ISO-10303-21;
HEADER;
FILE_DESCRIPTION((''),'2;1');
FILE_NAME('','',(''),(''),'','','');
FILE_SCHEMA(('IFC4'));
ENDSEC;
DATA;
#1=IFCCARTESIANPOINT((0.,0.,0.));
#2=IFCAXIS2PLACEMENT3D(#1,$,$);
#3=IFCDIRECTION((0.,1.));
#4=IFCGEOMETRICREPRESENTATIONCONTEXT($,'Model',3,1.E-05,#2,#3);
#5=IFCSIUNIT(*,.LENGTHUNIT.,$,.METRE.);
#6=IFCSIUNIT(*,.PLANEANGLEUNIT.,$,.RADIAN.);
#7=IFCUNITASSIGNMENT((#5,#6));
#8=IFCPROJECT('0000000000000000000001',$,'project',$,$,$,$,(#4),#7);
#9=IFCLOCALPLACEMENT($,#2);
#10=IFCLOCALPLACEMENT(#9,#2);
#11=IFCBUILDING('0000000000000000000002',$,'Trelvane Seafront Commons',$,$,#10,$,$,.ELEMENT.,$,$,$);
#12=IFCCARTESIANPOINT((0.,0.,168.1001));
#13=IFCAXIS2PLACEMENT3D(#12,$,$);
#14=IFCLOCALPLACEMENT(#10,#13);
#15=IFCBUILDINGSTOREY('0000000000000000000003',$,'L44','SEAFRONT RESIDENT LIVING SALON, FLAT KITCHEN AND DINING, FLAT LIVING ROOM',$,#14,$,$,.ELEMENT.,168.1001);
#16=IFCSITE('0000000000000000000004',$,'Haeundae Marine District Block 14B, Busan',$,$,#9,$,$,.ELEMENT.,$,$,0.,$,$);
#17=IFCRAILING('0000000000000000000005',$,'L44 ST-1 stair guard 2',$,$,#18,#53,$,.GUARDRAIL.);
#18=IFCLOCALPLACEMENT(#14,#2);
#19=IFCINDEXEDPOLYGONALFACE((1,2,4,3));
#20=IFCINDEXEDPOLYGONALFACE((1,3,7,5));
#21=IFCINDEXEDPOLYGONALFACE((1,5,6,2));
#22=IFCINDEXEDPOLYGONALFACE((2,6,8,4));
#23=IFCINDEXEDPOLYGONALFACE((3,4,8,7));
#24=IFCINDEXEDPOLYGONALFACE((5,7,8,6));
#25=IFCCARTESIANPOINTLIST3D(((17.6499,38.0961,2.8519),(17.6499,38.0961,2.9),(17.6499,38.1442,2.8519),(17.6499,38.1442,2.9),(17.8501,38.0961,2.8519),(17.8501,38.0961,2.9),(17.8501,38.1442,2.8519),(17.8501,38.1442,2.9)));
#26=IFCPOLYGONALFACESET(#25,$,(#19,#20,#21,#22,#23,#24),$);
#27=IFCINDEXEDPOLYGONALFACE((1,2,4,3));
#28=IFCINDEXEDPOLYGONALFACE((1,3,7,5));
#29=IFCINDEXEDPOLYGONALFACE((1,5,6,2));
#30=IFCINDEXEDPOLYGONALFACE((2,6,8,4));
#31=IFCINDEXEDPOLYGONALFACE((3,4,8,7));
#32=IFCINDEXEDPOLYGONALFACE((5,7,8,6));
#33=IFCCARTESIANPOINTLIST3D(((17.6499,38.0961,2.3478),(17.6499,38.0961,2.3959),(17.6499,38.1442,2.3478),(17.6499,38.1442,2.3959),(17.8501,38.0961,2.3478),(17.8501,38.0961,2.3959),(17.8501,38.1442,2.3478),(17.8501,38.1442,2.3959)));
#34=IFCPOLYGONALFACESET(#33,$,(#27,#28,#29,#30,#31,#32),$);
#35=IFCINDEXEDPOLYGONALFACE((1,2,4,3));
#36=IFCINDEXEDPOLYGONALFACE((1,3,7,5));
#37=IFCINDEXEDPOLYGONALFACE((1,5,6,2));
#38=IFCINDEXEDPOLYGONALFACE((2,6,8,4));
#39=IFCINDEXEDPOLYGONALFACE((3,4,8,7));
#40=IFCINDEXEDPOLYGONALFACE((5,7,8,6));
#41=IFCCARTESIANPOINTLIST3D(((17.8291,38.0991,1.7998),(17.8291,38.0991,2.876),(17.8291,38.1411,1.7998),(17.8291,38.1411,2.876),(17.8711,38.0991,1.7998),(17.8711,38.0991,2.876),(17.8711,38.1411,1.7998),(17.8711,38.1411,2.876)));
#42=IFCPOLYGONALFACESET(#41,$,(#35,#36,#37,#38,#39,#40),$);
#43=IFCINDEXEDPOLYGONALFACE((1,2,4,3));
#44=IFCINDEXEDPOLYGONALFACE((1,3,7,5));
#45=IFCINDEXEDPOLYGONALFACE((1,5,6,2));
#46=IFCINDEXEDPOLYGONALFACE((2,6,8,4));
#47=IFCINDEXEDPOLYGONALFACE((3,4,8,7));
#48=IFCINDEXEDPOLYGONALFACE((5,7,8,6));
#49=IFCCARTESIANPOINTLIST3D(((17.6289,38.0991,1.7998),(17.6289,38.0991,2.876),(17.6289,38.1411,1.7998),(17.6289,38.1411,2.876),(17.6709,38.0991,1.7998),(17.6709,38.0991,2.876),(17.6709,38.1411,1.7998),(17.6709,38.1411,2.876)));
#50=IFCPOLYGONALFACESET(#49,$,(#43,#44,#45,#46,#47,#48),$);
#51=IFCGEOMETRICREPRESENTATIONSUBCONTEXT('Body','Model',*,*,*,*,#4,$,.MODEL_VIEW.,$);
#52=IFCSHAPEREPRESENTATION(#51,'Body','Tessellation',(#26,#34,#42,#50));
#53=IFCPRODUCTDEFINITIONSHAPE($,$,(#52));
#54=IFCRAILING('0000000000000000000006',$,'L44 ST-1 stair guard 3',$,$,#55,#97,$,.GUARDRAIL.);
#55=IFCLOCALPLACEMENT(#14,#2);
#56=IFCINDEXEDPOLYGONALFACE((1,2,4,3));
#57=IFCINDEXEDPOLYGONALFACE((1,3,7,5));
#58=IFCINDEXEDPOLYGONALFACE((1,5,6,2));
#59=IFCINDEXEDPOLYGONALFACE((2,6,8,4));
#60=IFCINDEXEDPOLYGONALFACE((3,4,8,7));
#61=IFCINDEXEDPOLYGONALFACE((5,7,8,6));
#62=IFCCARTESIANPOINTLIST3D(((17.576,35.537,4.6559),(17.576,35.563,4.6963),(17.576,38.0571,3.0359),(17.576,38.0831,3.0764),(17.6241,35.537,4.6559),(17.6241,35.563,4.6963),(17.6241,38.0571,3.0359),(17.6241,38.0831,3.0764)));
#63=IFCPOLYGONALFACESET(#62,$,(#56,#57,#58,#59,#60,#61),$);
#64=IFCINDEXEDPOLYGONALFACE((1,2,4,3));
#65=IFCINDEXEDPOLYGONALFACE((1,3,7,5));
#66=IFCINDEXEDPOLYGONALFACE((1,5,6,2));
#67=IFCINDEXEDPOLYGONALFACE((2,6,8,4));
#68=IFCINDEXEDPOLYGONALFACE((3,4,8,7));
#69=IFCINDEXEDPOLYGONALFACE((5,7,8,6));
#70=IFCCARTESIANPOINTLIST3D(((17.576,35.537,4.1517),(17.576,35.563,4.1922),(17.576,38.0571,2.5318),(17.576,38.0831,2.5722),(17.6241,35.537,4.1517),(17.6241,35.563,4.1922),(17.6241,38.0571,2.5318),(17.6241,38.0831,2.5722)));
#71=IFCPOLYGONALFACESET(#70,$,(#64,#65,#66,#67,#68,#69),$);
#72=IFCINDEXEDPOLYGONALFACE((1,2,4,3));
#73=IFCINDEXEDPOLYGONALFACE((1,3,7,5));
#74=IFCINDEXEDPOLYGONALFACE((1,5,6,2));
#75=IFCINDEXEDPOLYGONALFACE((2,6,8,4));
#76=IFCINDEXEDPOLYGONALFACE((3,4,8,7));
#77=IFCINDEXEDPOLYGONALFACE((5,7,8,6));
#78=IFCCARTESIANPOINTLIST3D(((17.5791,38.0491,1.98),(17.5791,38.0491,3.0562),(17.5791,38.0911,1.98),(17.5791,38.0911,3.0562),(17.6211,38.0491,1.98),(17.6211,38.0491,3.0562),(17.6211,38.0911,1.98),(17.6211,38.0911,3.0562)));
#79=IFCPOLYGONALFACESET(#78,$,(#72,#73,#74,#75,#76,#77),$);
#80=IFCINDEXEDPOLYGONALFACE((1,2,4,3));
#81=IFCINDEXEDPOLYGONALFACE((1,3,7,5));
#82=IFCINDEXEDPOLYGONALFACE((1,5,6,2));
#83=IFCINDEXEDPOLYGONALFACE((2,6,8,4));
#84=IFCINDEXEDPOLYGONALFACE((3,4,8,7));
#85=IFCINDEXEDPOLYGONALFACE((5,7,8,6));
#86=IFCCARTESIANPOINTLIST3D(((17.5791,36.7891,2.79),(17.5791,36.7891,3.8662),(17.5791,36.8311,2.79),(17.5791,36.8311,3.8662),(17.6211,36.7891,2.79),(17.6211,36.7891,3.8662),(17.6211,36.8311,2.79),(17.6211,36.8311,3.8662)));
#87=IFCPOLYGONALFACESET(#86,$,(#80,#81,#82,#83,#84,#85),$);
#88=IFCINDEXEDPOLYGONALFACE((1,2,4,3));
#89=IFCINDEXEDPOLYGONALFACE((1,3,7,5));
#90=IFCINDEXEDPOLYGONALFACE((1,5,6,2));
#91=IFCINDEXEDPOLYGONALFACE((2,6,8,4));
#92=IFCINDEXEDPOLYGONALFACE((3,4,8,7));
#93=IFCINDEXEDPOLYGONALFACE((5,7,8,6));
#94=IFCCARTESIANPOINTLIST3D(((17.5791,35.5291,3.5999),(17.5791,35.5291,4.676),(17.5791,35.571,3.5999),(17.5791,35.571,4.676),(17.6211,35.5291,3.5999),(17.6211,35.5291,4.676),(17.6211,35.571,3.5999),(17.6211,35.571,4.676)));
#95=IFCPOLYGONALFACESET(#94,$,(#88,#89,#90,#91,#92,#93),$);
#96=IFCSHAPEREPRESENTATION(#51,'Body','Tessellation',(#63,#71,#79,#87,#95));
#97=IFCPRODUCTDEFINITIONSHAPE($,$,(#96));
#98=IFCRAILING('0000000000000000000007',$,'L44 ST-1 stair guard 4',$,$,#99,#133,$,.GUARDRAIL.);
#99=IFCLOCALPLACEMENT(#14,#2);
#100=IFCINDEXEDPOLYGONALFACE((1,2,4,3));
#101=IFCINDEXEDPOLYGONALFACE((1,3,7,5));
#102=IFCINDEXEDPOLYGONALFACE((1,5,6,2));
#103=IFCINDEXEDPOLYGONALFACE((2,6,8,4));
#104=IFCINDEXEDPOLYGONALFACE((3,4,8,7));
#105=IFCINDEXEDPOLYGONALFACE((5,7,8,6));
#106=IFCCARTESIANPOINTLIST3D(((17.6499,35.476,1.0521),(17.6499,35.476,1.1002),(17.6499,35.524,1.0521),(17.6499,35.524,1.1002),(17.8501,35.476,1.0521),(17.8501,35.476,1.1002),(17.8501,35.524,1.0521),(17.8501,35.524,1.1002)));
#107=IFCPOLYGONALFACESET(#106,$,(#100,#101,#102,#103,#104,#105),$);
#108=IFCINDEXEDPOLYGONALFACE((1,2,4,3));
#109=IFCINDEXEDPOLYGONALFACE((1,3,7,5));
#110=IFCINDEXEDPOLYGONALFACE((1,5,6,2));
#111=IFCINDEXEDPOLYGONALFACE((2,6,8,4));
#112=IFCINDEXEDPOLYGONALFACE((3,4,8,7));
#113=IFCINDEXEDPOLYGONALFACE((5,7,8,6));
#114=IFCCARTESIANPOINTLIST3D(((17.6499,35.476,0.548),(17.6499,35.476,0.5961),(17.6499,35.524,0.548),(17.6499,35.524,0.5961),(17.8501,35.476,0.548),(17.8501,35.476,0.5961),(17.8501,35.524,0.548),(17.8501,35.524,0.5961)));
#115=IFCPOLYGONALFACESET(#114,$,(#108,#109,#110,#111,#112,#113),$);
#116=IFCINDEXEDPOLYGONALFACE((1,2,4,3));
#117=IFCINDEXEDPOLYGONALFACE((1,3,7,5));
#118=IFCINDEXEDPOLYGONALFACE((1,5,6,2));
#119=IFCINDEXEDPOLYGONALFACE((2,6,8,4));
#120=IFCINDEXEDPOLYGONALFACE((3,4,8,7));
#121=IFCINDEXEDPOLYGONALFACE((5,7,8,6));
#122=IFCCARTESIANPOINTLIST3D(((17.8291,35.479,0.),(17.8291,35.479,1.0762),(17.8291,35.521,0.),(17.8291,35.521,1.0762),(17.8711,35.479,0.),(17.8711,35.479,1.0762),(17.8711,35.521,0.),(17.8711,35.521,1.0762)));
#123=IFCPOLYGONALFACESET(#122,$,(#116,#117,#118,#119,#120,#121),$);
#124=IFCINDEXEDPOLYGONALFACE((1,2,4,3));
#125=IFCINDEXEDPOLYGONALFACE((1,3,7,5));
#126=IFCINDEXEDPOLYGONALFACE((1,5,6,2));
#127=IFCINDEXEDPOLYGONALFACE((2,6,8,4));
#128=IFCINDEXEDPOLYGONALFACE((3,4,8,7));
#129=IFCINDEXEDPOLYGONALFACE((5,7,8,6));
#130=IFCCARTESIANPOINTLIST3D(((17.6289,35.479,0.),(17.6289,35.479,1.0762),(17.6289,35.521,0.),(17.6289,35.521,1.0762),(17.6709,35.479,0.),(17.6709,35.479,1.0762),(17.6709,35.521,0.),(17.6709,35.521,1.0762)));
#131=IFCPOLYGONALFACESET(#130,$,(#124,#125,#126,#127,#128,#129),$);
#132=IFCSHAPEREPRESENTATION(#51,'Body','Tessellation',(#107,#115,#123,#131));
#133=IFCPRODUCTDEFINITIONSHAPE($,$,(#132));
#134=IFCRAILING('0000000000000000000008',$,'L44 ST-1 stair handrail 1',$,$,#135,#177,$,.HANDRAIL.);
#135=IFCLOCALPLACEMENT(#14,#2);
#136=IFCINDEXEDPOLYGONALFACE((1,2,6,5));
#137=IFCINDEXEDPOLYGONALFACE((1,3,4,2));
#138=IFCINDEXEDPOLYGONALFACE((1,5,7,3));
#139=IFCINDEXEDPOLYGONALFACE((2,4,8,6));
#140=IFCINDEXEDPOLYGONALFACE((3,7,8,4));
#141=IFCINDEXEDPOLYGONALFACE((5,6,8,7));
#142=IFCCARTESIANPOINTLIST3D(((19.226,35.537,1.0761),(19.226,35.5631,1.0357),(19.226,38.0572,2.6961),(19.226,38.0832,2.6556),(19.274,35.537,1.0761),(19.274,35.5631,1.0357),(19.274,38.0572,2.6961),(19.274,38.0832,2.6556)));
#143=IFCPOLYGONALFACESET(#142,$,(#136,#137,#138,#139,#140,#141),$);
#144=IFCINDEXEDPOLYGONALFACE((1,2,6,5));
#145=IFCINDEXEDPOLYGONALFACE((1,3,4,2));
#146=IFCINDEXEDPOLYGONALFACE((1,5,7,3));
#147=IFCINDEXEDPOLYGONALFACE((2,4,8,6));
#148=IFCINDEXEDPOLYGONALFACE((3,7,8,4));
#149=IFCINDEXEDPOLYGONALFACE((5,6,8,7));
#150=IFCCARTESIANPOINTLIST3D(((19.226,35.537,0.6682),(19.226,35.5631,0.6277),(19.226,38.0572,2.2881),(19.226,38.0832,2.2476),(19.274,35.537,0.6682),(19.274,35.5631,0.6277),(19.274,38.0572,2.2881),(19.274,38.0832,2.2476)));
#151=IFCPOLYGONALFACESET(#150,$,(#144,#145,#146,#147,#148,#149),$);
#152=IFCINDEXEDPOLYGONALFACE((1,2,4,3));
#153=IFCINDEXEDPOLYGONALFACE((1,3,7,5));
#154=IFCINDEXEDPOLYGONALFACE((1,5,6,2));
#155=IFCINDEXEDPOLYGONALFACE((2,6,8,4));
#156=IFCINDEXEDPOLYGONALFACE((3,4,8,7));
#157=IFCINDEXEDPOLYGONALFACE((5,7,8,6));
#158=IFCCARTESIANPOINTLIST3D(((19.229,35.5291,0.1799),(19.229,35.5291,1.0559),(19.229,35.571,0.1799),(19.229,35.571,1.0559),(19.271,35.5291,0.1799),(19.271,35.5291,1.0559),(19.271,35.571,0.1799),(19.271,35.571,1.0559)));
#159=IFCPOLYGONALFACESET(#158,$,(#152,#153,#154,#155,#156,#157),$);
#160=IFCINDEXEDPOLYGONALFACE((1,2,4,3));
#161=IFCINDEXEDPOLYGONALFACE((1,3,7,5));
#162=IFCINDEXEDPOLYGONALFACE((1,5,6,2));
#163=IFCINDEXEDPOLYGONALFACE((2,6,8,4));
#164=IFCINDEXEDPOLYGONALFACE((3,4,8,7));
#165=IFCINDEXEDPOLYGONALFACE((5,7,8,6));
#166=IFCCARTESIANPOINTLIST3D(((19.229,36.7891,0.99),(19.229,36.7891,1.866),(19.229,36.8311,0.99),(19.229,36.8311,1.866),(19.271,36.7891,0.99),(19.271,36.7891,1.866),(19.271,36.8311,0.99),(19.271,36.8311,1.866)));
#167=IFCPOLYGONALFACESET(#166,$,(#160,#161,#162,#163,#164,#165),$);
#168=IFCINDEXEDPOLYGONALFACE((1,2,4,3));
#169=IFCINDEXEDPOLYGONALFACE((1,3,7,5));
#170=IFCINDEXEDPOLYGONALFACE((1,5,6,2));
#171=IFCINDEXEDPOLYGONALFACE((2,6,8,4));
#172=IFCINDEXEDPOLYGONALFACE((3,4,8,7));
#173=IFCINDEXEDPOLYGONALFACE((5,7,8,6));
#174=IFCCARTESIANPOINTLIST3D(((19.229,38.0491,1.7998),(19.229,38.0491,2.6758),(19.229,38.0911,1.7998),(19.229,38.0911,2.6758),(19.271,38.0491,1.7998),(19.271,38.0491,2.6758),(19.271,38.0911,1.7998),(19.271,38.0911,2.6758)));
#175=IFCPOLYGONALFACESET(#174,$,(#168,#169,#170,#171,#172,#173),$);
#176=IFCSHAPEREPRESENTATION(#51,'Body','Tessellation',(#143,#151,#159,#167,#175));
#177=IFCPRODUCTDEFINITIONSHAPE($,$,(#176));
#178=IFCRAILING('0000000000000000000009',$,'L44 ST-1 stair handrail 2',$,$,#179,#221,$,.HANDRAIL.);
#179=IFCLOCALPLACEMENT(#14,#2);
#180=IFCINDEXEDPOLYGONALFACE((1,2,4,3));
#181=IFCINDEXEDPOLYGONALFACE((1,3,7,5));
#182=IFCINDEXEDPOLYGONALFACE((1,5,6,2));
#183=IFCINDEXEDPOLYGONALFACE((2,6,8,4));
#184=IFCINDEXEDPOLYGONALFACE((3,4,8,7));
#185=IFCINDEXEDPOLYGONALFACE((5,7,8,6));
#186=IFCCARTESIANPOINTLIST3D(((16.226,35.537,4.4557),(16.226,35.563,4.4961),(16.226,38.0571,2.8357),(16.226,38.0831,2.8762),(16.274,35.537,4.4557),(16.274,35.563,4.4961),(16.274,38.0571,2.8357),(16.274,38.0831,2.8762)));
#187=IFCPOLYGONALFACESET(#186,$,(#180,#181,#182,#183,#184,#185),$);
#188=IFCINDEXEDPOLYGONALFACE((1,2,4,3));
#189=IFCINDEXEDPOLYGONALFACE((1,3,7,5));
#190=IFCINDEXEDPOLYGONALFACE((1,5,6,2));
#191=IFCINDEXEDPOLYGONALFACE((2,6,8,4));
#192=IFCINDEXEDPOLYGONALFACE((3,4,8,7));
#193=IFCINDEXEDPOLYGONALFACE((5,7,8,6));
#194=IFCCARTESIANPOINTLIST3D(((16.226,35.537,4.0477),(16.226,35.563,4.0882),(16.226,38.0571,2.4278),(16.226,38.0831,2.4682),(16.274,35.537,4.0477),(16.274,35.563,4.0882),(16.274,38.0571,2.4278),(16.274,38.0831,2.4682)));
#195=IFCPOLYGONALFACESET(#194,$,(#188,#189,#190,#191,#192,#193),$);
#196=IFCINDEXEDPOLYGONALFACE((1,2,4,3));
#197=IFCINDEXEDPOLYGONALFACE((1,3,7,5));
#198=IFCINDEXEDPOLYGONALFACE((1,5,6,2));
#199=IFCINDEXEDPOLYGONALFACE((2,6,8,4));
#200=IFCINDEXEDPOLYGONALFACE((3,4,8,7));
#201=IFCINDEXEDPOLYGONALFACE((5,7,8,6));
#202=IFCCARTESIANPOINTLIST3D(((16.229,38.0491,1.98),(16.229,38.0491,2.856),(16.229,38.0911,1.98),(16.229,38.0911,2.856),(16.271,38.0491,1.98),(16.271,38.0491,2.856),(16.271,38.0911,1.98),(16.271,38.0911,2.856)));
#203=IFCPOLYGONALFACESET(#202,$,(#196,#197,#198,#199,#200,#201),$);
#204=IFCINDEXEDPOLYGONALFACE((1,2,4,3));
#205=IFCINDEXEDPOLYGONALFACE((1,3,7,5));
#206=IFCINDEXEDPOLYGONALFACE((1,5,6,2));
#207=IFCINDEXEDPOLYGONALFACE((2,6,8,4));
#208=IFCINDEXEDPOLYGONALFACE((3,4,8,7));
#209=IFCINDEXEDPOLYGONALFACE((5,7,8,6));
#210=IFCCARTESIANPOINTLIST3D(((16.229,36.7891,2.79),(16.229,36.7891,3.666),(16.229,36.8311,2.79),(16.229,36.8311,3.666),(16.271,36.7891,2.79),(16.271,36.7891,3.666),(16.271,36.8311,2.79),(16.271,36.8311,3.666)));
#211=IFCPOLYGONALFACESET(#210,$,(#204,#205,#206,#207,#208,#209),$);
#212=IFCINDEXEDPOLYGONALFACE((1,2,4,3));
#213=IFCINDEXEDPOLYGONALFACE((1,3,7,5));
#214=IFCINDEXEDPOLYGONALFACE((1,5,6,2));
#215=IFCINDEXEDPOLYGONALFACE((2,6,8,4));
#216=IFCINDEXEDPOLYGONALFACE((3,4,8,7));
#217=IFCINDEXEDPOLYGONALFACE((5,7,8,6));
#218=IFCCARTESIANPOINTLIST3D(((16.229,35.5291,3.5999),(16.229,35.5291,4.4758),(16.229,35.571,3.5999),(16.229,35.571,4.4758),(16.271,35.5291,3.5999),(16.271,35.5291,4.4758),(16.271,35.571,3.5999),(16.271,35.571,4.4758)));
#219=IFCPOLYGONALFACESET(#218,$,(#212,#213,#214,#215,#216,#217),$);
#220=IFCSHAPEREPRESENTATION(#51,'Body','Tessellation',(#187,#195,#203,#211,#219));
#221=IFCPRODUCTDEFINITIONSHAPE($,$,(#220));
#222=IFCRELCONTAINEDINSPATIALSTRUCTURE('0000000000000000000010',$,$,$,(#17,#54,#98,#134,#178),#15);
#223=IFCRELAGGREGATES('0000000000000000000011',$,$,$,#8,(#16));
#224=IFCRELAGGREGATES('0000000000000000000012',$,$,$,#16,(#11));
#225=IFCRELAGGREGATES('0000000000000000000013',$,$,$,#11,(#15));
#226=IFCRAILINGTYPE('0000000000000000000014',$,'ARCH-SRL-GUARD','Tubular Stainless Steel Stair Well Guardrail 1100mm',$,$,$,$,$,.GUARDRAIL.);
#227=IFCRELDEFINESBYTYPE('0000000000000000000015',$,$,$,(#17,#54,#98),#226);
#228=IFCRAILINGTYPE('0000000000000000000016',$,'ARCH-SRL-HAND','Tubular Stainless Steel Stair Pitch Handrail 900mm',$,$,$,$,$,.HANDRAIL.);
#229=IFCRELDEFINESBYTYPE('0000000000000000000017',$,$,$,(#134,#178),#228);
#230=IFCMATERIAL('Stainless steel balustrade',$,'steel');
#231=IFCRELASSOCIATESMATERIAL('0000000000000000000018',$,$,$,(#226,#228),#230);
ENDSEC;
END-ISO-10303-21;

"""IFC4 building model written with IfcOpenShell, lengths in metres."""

from ifc_helpers import new_model, si_unit, direction, frame, origin, origin_2d, place, context, subcontext, project, spatial, rectangle, extrude, material, type_object, element, save


model = new_model("IFC4")

# Units and contexts
model_context = context("Model", 3, precision=1e-05, world=origin(), true_north=direction((0.0, 1.0)))
body_context = subcontext(model_context, "Body", "Model", "MODEL_VIEW")
ifc_project = project(units=[si_unit("LENGTHUNIT", "METRE"), si_unit("PLANEANGLEUNIT", "RADIAN")], contexts=[model_context])

# Site, building, storey
site_placement = place(None, origin())
site = spatial("IfcSite", under=ifc_project, at=site_placement, Name="Haeundae Marine District Block 14B, Busan", CompositionType="ELEMENT", RefElevation=0.0)
building_placement = place(site_placement, origin())
building = spatial("IfcBuilding", under=site, at=building_placement, Name="Trelvane Seafront Commons", CompositionType="ELEMENT")
storey_placement = place(building_placement, frame((0.0, 0.0, 168.1001)))
storey = spatial("IfcBuildingStorey", under=building, at=storey_placement, Name="L44", Description="SEAFRONT RESIDENT LIVING SALON, FLAT KITCHEN AND DINING, FLAT LIVING ROOM", CompositionType="ELEMENT", Elevation=168.1001)

# Shared definitions
ifc_material_1 = material(Name="Stainless steel balustrade", Category="steel")

# Railings
railing_type_1 = type_object("IfcRailingType", Name="ARCH-SRL-GUARD", Description="Tubular Stainless Steel Stair Well Guardrail 1100mm", PredefinedType="GUARDRAIL", material=ifc_material_1)
railing_1_placement = place(storey_placement, frame((17.8501, 38.1201, 1.7998)))
element("IfcRailing", 1, at=railing_1_placement, inside=storey, type_object=railing_type_1, Name="L44 ST-1 stair guard 2", PredefinedType="GUARDRAIL", context=body_context, shape_type="SweptSolid", body=[
    extrude(rectangle(XDim=0.0481, YDim=0.0481, at=origin_2d()), frame((0.0, 0.0, 1.0762), z_axis=(-1.0, 0.0, 0.0), x_axis=(0.0, -1.0, 0.0)), (0.0, 0.0, 1.0), 0.2002),
    extrude(rectangle(XDim=0.0481, YDim=0.0481, at=origin_2d()), frame((0.0, 0.0, 0.572), z_axis=(-1.0, 0.0, 0.0), x_axis=(0.0, -1.0, 0.0)), (0.0, 0.0, 1.0), 0.2002),
    extrude(rectangle(XDim=0.042, YDim=0.042, at=origin_2d()), origin(), (0.0, 0.0, 1.0), 1.0762),
    extrude(rectangle(XDim=0.042, YDim=0.042, at=origin_2d()), frame((-0.2002, 0.0, 0.0)), (0.0, 0.0, 1.0), 1.0762),
])
railing_2_placement = place(storey_placement, frame((17.6001, 38.0701, 1.98)))
element("IfcRailing", 2, at=railing_2_placement, inside=storey, type_object=railing_type_1, Name="L44 ST-1 stair guard 3", PredefinedType="GUARDRAIL", context=body_context, shape_type="SweptSolid", body=[
    extrude(rectangle(XDim=0.0481, YDim=0.0481, at=origin_2d()), frame((0.0, 0.0, 1.0762), z_axis=(0.0, -0.8412, 0.540725), x_axis=(1.0, 0.0, 0.0)), (0.0, 0.0, 1.0), 2.9958),
    extrude(rectangle(XDim=0.0481, YDim=0.0481, at=origin_2d()), frame((0.0, 0.0, 0.572), z_axis=(0.0, -0.8412, 0.540725), x_axis=(1.0, 0.0, 0.0)), (0.0, 0.0, 1.0), 2.9958),
    extrude(rectangle(XDim=0.042, YDim=0.042, at=origin_2d()), origin(), (0.0, 0.0, 1.0), 1.0762),
    extrude(rectangle(XDim=0.042, YDim=0.042, at=origin_2d()), frame((0.0, -1.26, 0.8101)), (0.0, 0.0, 1.0), 1.0762),
    extrude(rectangle(XDim=0.042, YDim=0.042, at=origin_2d()), frame((0.0, -2.52, 1.6199)), (0.0, 0.0, 1.0), 1.0762),
])
railing_3_placement = place(storey_placement, frame((17.8501, 35.5, 0.0)))
element("IfcRailing", 3, at=railing_3_placement, inside=storey, type_object=railing_type_1, Name="L44 ST-1 stair guard 4", PredefinedType="GUARDRAIL", context=body_context, shape_type="SweptSolid", body=[
    extrude(rectangle(XDim=0.0481, YDim=0.0481, at=origin_2d()), frame((0.0, 0.0, 1.0762), z_axis=(-1.0, 0.0, 0.0), x_axis=(0.0, -1.0, 0.0)), (0.0, 0.0, 1.0), 0.2002),
    extrude(rectangle(XDim=0.0481, YDim=0.0481, at=origin_2d()), frame((0.0, 0.0, 0.572), z_axis=(-1.0, 0.0, 0.0), x_axis=(0.0, -1.0, 0.0)), (0.0, 0.0, 1.0), 0.2002),
    extrude(rectangle(XDim=0.042, YDim=0.042, at=origin_2d()), origin(), (0.0, 0.0, 1.0), 1.0762),
    extrude(rectangle(XDim=0.042, YDim=0.042, at=origin_2d()), frame((-0.2002, 0.0, 0.0)), (0.0, 0.0, 1.0), 1.0762),
])
railing_type_2 = type_object("IfcRailingType", Name="ARCH-SRL-HAND", Description="Tubular Stainless Steel Stair Pitch Handrail 900mm", PredefinedType="HANDRAIL", material=ifc_material_1)
railing_4_placement = place(storey_placement, frame((19.25, 35.55, 0.1799)))
element("IfcRailing", 4, at=railing_4_placement, inside=storey, type_object=railing_type_2, Name="L44 ST-1 stair handrail 1", PredefinedType="HANDRAIL", context=body_context, shape_type="SweptSolid", body=[
    extrude(rectangle(XDim=0.0481, YDim=0.0481, at=origin_2d()), frame((0.0, 0.0, 0.876), z_axis=(0.0, 0.8412, 0.540725), x_axis=(-1.0, 0.0, 0.0)), (0.0, 0.0, 1.0), 2.9958),
    extrude(rectangle(XDim=0.0481, YDim=0.0481, at=origin_2d()), frame((0.0, 0.0, 0.468), z_axis=(0.0, 0.8412, 0.540725), x_axis=(-1.0, 0.0, 0.0)), (0.0, 0.0, 1.0), 2.9958),
    extrude(rectangle(XDim=0.042, YDim=0.042, at=origin_2d()), origin(), (0.0, 0.0, 1.0), 0.876),
    extrude(rectangle(XDim=0.042, YDim=0.042, at=origin_2d()), frame((0.0, 1.26, 0.8101)), (0.0, 0.0, 1.0), 0.876),
    extrude(rectangle(XDim=0.042, YDim=0.042, at=origin_2d()), frame((0.0, 2.52, 1.6199)), (0.0, 0.0, 1.0), 0.876),
])
railing_5_placement = place(storey_placement, frame((16.25, 38.0701, 1.98)))
element("IfcRailing", 5, at=railing_5_placement, inside=storey, type_object=railing_type_2, Name="L44 ST-1 stair handrail 2", PredefinedType="HANDRAIL", context=body_context, shape_type="SweptSolid", body=[
    extrude(rectangle(XDim=0.0481, YDim=0.0481, at=origin_2d()), frame((0.0, 0.0, 0.876), z_axis=(0.0, -0.8412, 0.540725), x_axis=(1.0, 0.0, 0.0)), (0.0, 0.0, 1.0), 2.9958),
    extrude(rectangle(XDim=0.0481, YDim=0.0481, at=origin_2d()), frame((0.0, 0.0, 0.468), z_axis=(0.0, -0.8412, 0.540725), x_axis=(1.0, 0.0, 0.0)), (0.0, 0.0, 1.0), 2.9958),
    extrude(rectangle(XDim=0.042, YDim=0.042, at=origin_2d()), origin(), (0.0, 0.0, 1.0), 0.876),
    extrude(rectangle(XDim=0.042, YDim=0.042, at=origin_2d()), frame((0.0, -1.26, 0.8101)), (0.0, 0.0, 1.0), 0.876),
    extrude(rectangle(XDim=0.042, YDim=0.042, at=origin_2d()), frame((0.0, -2.52, 1.6199)), (0.0, 0.0, 1.0), 0.876),
])

save(model, "model.ifc")
